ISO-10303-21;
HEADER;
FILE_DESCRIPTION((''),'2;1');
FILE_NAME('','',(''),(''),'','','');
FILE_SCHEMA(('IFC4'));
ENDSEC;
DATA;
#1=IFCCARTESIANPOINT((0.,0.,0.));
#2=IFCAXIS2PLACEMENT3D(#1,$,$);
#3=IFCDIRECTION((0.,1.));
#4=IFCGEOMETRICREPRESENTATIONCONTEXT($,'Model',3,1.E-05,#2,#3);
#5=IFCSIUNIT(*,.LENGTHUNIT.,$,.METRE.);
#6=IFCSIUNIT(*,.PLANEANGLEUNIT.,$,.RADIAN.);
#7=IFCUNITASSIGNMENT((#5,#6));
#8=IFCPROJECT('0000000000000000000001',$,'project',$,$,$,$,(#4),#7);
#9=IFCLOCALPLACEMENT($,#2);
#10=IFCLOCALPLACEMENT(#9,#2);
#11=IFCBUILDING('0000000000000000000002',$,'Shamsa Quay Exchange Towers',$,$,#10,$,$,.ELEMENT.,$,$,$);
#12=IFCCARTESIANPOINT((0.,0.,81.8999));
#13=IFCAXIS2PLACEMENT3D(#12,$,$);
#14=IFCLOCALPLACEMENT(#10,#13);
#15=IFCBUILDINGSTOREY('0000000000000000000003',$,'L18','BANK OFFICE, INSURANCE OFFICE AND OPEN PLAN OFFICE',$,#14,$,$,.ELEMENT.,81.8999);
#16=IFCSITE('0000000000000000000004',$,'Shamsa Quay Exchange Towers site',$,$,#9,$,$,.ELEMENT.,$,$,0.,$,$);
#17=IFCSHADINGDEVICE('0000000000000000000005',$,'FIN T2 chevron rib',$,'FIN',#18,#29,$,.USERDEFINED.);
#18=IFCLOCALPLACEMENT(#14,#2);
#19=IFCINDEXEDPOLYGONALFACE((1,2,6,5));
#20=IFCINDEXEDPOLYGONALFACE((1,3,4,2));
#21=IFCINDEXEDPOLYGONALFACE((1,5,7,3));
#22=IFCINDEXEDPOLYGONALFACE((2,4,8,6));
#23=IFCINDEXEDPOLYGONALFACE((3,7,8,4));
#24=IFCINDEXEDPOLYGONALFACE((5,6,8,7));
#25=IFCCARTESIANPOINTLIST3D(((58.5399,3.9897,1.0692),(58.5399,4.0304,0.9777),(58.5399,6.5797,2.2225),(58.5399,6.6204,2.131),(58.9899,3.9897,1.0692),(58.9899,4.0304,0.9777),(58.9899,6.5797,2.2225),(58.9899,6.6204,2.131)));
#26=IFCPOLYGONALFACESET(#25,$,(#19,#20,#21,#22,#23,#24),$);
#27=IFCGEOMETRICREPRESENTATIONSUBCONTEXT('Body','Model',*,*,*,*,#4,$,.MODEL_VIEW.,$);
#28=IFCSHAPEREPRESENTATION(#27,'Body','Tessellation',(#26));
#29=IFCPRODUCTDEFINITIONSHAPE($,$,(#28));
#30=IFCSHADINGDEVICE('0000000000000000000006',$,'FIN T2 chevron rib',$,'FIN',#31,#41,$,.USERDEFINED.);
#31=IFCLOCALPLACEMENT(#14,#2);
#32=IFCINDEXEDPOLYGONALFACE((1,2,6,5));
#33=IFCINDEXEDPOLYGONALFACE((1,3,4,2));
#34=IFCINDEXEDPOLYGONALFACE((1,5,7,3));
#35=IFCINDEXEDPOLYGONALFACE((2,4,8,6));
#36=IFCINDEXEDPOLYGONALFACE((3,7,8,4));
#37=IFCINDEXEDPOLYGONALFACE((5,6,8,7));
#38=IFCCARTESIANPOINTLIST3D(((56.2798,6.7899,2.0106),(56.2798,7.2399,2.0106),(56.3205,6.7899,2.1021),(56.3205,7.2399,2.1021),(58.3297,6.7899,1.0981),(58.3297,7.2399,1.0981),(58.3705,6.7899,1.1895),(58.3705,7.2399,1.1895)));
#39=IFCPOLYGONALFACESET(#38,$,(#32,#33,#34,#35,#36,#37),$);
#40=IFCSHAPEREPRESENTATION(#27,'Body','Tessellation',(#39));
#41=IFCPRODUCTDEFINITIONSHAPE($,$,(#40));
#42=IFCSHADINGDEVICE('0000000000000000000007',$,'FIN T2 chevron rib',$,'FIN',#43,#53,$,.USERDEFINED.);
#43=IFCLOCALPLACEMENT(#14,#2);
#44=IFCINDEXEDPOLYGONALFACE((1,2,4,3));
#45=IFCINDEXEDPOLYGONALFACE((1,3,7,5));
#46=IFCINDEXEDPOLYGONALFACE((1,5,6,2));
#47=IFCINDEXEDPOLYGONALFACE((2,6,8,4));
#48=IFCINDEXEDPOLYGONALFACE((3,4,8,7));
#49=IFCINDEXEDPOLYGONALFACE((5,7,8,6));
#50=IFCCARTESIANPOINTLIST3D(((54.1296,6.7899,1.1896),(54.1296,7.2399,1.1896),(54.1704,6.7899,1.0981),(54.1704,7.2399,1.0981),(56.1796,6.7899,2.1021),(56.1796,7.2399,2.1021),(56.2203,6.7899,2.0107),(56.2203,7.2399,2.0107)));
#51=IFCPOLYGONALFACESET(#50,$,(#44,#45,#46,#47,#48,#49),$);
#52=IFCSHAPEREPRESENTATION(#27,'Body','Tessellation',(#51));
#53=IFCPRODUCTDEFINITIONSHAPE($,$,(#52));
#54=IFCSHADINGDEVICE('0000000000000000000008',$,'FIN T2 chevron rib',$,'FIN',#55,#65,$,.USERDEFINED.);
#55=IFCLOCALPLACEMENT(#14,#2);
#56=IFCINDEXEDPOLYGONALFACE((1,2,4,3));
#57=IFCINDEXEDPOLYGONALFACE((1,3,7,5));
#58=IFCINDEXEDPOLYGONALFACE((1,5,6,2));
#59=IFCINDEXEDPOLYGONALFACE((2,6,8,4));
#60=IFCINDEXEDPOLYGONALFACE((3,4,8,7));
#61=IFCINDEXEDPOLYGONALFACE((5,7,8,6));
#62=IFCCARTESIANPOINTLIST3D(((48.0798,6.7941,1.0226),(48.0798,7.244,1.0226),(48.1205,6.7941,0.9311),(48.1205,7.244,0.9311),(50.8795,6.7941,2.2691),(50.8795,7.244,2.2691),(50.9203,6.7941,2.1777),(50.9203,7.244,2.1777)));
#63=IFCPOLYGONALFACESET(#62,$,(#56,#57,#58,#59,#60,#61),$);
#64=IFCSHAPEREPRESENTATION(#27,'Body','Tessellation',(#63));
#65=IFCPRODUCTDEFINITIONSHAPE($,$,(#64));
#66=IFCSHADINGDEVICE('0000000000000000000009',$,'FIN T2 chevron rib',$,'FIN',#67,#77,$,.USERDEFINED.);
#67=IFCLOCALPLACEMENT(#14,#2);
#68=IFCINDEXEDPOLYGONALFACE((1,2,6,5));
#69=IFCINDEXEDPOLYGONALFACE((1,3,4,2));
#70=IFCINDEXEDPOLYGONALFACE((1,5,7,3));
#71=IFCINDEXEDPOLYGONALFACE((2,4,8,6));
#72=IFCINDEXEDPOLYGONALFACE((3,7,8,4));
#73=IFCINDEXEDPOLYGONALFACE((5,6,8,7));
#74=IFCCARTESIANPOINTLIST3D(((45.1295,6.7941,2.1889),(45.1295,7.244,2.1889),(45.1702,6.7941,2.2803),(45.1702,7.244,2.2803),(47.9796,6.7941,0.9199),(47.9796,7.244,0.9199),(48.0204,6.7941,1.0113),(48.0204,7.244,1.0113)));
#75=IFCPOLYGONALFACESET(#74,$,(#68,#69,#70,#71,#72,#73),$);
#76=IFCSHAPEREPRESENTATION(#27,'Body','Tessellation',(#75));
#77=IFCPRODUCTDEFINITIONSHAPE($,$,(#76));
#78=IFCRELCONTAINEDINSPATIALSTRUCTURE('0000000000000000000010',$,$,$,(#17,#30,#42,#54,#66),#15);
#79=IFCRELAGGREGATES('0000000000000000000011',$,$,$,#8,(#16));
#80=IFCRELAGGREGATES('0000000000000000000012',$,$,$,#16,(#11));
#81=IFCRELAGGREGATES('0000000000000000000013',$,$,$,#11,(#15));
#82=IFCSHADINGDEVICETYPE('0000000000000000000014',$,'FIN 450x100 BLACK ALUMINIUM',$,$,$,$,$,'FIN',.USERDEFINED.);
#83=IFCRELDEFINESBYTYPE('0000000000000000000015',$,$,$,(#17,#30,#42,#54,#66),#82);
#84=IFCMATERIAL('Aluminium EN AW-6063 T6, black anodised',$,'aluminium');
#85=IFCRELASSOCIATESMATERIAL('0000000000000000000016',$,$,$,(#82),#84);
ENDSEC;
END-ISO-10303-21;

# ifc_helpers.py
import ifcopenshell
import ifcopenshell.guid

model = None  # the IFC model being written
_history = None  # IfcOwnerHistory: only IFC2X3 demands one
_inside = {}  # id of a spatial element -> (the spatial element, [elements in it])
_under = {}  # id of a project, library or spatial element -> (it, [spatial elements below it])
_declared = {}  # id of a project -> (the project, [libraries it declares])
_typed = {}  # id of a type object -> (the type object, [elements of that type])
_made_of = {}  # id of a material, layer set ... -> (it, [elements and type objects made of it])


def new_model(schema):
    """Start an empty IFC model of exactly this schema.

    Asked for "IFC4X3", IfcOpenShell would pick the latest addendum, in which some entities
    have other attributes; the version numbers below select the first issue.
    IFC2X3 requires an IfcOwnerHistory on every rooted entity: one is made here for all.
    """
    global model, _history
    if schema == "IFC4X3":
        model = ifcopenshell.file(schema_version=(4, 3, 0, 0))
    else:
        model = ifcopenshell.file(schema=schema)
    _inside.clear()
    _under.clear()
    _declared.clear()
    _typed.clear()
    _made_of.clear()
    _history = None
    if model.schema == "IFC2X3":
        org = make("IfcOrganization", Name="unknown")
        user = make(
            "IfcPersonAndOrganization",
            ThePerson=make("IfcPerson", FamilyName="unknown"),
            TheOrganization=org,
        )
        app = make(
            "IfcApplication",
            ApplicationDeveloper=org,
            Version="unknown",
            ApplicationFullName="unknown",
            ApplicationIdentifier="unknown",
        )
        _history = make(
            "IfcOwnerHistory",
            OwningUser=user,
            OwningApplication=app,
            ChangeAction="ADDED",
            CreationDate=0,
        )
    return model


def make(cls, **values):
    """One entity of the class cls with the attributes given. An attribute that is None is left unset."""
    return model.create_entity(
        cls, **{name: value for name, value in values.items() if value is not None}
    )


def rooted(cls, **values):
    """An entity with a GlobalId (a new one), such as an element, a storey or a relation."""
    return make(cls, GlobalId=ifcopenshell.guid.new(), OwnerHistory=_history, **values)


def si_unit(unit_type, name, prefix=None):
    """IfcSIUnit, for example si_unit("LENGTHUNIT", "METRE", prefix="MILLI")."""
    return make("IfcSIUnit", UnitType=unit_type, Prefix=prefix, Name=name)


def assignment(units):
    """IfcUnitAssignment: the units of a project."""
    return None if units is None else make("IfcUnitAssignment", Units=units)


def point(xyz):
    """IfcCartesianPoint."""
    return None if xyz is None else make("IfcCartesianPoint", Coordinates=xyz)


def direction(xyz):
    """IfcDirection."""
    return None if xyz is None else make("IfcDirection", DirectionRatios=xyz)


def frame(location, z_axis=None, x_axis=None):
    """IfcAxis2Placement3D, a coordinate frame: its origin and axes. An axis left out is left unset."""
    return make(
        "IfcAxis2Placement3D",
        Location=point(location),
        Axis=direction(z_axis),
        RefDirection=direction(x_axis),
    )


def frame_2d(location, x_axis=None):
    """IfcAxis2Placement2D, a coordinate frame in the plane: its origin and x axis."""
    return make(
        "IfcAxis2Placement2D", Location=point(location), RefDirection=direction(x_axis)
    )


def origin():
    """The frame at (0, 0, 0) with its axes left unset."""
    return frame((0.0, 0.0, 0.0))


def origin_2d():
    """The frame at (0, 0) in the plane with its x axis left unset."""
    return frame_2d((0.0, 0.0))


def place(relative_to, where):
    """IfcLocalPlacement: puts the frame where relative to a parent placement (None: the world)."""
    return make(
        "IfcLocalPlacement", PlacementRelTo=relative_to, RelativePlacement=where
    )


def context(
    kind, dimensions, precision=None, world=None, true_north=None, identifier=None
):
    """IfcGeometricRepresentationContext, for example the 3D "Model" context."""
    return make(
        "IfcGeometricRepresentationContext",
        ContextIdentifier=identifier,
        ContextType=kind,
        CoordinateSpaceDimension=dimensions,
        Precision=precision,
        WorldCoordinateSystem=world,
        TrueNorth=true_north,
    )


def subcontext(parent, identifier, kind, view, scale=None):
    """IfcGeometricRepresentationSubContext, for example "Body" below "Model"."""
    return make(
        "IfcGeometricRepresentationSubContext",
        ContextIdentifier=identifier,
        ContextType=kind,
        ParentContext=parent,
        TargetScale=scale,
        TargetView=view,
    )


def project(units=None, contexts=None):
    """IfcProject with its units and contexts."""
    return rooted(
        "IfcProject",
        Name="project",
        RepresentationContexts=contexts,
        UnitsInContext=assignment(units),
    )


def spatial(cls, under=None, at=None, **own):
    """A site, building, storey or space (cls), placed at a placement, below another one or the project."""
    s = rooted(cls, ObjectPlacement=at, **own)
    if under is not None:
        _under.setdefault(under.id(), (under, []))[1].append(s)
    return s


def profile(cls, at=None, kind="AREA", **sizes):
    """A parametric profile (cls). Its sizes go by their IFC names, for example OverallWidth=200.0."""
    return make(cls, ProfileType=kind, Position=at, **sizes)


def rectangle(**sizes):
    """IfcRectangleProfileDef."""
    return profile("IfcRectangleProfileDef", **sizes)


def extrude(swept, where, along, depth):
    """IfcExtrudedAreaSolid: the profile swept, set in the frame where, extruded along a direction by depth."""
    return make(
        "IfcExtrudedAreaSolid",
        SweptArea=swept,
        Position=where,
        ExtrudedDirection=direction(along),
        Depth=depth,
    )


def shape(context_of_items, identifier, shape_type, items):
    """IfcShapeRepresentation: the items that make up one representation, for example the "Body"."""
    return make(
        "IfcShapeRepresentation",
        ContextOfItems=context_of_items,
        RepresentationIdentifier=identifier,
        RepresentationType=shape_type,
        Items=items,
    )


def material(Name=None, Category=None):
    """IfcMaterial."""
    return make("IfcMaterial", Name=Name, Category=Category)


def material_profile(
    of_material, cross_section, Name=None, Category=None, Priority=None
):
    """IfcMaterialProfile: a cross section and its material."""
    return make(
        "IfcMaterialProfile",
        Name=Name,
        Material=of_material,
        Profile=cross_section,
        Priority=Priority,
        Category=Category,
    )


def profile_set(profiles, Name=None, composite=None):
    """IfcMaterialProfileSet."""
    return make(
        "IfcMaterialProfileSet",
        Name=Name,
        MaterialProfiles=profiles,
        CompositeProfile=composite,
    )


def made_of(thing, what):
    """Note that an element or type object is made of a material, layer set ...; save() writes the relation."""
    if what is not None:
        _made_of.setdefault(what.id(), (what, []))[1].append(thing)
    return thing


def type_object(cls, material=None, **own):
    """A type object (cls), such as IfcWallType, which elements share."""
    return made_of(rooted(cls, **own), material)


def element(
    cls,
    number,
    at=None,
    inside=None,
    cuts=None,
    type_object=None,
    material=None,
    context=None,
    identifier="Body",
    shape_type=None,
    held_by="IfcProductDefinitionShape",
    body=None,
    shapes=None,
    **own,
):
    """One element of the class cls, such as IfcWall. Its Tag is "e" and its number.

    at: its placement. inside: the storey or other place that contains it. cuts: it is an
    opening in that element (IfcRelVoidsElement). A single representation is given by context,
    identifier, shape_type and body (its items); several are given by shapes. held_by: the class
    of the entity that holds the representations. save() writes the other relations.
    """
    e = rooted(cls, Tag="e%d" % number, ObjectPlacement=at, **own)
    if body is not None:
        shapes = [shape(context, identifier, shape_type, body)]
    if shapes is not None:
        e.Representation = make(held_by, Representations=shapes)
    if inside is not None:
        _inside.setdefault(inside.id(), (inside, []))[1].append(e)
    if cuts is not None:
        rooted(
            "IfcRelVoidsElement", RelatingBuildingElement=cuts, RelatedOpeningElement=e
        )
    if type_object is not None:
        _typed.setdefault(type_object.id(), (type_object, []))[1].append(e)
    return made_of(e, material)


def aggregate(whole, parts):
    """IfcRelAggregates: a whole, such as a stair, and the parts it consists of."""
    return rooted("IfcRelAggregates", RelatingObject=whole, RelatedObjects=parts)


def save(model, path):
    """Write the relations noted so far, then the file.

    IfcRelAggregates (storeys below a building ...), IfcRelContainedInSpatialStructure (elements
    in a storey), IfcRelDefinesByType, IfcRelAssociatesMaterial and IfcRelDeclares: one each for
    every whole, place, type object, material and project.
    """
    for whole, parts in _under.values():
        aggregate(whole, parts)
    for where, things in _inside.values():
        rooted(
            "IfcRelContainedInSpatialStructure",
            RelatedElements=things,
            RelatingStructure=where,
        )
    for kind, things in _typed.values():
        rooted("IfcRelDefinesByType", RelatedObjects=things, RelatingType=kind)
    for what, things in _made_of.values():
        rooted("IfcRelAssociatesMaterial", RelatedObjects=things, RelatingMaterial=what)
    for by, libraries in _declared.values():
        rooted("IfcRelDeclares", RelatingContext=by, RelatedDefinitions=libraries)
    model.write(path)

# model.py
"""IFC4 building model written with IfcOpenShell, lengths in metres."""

from ifc_helpers import new_model, si_unit, direction, frame, origin, origin_2d, place, context, subcontext, project, spatial, rectangle, extrude, material, material_profile, profile_set, type_object, element, save


model = new_model("IFC4")

# Units and contexts
model_context = context("Model", 3, precision=1e-05, world=origin(), true_north=direction((0.0, 1.0)))
body_context = subcontext(model_context, "Body", "Model", "MODEL_VIEW")
ifc_project = project(units=[si_unit("LENGTHUNIT", "METRE"), si_unit("PLANEANGLEUNIT", "RADIAN")], contexts=[model_context])

# Site, building, storey
site_placement = place(None, origin())
site = spatial("IfcSite", under=ifc_project, at=site_placement, Name="Shamsa Quay Exchange Towers site", CompositionType="ELEMENT", RefElevation=0.0)
building_placement = place(site_placement, origin())
building = spatial("IfcBuilding", under=site, at=building_placement, Name="Shamsa Quay Exchange Towers", CompositionType="ELEMENT")
storey_placement = place(building_placement, frame((0.0, 0.0, 81.8999)))
storey = spatial("IfcBuildingStorey", under=building, at=storey_placement, Name="L18", Description="BANK OFFICE, INSURANCE OFFICE AND OPEN PLAN OFFICE", CompositionType="ELEMENT", Elevation=81.8999)

# Shared definitions
ifc_material_1 = material(Name="Aluminium EN AW-6063 T6, black anodised", Category="aluminium")

# Shading devices
ifc_material_profile_1 = material_profile(ifc_material_1, rectangle(XDim=0.45, YDim=0.1001, at=origin_2d()), Name="FIN450x100")
ifc_profile_set_1 = profile_set([ifc_material_profile_1], Name="Aluminium EN AW-6063 T6, black anodised")
shading_device_type = type_object("IfcShadingDeviceType", Name="FIN 450x100 BLACK ALUMINIUM", ElementType="FIN", PredefinedType="USERDEFINED", material=ifc_profile_set_1)
shading_device_1_placement = place(storey_placement, frame((58.7649, 4.01, 1.0234), z_axis=(0.0, 0.913527, 0.406778), x_axis=(-1.0, 0.0, 0.0)))
element("IfcShadingDevice", 1, at=shading_device_1_placement, inside=storey, type_object=shading_device_type, Name="FIN T2 chevron rib", ObjectType="FIN", PredefinedType="USERDEFINED", context=body_context, shape_type="SweptSolid", body=[
    extrude(rectangle(XDim=0.45, YDim=0.1001, at=origin_2d()), origin(), (0.0, 0.0, 1.0), 2.8352),
])
for number, where, z_axis, x_axis, name in (
    (2, (58.3501, 7.0149, 1.1438), (-0.913569, 0.0, 0.406684), (0.0, -1.0, 0.0), "FIN T2 chevron rib"),
    (3, (56.2, 7.0149, 2.0564), (-0.913569, 0.0, -0.406684), (0.0, -1.0, 0.0), "FIN T2 chevron rib"),
):
    element("IfcShadingDevice", number, at=place(storey_placement, frame(where, z_axis=z_axis, x_axis=x_axis)), inside=storey, type_object=shading_device_type, Name=name, ObjectType="FIN", PredefinedType="USERDEFINED", context=body_context, shape_type="SweptSolid", body=[
        extrude(rectangle(XDim=0.45, YDim=0.1001, at=origin_2d()), origin(), (0.0, 0.0, 1.0), 2.2439),
    ])
shading_device_2_placement = place(storey_placement, frame((50.8999, 7.019, 2.2234), z_axis=(-0.913542, 0.0, -0.406744), x_axis=(0.0, -1.0, 0.0)))
element("IfcShadingDevice", 4, at=shading_device_2_placement, inside=storey, type_object=shading_device_type, Name="FIN T2 chevron rib", ObjectType="FIN", PredefinedType="USERDEFINED", context=body_context, shape_type="SweptSolid", body=[
    extrude(rectangle(XDim=0.45, YDim=0.1001, at=origin_2d()), origin(), (0.0, 0.0, 1.0), 3.0647),
])
shading_device_3_placement = place(storey_placement, frame((48.0, 7.019, 0.9656), z_axis=(-0.913534, 0.0, 0.406763), x_axis=(0.0, -1.0, 0.0)))
element("IfcShadingDevice", 5, at=shading_device_3_placement, inside=storey, type_object=shading_device_type, Name="FIN T2 chevron rib", ObjectType="FIN", PredefinedType="USERDEFINED", context=body_context, shape_type="SweptSolid", body=[
    extrude(rectangle(XDim=0.45, YDim=0.1001, at=origin_2d()), origin(), (0.0, 0.0, 1.0), 3.1199),
])

save(model, "model.ifc")
